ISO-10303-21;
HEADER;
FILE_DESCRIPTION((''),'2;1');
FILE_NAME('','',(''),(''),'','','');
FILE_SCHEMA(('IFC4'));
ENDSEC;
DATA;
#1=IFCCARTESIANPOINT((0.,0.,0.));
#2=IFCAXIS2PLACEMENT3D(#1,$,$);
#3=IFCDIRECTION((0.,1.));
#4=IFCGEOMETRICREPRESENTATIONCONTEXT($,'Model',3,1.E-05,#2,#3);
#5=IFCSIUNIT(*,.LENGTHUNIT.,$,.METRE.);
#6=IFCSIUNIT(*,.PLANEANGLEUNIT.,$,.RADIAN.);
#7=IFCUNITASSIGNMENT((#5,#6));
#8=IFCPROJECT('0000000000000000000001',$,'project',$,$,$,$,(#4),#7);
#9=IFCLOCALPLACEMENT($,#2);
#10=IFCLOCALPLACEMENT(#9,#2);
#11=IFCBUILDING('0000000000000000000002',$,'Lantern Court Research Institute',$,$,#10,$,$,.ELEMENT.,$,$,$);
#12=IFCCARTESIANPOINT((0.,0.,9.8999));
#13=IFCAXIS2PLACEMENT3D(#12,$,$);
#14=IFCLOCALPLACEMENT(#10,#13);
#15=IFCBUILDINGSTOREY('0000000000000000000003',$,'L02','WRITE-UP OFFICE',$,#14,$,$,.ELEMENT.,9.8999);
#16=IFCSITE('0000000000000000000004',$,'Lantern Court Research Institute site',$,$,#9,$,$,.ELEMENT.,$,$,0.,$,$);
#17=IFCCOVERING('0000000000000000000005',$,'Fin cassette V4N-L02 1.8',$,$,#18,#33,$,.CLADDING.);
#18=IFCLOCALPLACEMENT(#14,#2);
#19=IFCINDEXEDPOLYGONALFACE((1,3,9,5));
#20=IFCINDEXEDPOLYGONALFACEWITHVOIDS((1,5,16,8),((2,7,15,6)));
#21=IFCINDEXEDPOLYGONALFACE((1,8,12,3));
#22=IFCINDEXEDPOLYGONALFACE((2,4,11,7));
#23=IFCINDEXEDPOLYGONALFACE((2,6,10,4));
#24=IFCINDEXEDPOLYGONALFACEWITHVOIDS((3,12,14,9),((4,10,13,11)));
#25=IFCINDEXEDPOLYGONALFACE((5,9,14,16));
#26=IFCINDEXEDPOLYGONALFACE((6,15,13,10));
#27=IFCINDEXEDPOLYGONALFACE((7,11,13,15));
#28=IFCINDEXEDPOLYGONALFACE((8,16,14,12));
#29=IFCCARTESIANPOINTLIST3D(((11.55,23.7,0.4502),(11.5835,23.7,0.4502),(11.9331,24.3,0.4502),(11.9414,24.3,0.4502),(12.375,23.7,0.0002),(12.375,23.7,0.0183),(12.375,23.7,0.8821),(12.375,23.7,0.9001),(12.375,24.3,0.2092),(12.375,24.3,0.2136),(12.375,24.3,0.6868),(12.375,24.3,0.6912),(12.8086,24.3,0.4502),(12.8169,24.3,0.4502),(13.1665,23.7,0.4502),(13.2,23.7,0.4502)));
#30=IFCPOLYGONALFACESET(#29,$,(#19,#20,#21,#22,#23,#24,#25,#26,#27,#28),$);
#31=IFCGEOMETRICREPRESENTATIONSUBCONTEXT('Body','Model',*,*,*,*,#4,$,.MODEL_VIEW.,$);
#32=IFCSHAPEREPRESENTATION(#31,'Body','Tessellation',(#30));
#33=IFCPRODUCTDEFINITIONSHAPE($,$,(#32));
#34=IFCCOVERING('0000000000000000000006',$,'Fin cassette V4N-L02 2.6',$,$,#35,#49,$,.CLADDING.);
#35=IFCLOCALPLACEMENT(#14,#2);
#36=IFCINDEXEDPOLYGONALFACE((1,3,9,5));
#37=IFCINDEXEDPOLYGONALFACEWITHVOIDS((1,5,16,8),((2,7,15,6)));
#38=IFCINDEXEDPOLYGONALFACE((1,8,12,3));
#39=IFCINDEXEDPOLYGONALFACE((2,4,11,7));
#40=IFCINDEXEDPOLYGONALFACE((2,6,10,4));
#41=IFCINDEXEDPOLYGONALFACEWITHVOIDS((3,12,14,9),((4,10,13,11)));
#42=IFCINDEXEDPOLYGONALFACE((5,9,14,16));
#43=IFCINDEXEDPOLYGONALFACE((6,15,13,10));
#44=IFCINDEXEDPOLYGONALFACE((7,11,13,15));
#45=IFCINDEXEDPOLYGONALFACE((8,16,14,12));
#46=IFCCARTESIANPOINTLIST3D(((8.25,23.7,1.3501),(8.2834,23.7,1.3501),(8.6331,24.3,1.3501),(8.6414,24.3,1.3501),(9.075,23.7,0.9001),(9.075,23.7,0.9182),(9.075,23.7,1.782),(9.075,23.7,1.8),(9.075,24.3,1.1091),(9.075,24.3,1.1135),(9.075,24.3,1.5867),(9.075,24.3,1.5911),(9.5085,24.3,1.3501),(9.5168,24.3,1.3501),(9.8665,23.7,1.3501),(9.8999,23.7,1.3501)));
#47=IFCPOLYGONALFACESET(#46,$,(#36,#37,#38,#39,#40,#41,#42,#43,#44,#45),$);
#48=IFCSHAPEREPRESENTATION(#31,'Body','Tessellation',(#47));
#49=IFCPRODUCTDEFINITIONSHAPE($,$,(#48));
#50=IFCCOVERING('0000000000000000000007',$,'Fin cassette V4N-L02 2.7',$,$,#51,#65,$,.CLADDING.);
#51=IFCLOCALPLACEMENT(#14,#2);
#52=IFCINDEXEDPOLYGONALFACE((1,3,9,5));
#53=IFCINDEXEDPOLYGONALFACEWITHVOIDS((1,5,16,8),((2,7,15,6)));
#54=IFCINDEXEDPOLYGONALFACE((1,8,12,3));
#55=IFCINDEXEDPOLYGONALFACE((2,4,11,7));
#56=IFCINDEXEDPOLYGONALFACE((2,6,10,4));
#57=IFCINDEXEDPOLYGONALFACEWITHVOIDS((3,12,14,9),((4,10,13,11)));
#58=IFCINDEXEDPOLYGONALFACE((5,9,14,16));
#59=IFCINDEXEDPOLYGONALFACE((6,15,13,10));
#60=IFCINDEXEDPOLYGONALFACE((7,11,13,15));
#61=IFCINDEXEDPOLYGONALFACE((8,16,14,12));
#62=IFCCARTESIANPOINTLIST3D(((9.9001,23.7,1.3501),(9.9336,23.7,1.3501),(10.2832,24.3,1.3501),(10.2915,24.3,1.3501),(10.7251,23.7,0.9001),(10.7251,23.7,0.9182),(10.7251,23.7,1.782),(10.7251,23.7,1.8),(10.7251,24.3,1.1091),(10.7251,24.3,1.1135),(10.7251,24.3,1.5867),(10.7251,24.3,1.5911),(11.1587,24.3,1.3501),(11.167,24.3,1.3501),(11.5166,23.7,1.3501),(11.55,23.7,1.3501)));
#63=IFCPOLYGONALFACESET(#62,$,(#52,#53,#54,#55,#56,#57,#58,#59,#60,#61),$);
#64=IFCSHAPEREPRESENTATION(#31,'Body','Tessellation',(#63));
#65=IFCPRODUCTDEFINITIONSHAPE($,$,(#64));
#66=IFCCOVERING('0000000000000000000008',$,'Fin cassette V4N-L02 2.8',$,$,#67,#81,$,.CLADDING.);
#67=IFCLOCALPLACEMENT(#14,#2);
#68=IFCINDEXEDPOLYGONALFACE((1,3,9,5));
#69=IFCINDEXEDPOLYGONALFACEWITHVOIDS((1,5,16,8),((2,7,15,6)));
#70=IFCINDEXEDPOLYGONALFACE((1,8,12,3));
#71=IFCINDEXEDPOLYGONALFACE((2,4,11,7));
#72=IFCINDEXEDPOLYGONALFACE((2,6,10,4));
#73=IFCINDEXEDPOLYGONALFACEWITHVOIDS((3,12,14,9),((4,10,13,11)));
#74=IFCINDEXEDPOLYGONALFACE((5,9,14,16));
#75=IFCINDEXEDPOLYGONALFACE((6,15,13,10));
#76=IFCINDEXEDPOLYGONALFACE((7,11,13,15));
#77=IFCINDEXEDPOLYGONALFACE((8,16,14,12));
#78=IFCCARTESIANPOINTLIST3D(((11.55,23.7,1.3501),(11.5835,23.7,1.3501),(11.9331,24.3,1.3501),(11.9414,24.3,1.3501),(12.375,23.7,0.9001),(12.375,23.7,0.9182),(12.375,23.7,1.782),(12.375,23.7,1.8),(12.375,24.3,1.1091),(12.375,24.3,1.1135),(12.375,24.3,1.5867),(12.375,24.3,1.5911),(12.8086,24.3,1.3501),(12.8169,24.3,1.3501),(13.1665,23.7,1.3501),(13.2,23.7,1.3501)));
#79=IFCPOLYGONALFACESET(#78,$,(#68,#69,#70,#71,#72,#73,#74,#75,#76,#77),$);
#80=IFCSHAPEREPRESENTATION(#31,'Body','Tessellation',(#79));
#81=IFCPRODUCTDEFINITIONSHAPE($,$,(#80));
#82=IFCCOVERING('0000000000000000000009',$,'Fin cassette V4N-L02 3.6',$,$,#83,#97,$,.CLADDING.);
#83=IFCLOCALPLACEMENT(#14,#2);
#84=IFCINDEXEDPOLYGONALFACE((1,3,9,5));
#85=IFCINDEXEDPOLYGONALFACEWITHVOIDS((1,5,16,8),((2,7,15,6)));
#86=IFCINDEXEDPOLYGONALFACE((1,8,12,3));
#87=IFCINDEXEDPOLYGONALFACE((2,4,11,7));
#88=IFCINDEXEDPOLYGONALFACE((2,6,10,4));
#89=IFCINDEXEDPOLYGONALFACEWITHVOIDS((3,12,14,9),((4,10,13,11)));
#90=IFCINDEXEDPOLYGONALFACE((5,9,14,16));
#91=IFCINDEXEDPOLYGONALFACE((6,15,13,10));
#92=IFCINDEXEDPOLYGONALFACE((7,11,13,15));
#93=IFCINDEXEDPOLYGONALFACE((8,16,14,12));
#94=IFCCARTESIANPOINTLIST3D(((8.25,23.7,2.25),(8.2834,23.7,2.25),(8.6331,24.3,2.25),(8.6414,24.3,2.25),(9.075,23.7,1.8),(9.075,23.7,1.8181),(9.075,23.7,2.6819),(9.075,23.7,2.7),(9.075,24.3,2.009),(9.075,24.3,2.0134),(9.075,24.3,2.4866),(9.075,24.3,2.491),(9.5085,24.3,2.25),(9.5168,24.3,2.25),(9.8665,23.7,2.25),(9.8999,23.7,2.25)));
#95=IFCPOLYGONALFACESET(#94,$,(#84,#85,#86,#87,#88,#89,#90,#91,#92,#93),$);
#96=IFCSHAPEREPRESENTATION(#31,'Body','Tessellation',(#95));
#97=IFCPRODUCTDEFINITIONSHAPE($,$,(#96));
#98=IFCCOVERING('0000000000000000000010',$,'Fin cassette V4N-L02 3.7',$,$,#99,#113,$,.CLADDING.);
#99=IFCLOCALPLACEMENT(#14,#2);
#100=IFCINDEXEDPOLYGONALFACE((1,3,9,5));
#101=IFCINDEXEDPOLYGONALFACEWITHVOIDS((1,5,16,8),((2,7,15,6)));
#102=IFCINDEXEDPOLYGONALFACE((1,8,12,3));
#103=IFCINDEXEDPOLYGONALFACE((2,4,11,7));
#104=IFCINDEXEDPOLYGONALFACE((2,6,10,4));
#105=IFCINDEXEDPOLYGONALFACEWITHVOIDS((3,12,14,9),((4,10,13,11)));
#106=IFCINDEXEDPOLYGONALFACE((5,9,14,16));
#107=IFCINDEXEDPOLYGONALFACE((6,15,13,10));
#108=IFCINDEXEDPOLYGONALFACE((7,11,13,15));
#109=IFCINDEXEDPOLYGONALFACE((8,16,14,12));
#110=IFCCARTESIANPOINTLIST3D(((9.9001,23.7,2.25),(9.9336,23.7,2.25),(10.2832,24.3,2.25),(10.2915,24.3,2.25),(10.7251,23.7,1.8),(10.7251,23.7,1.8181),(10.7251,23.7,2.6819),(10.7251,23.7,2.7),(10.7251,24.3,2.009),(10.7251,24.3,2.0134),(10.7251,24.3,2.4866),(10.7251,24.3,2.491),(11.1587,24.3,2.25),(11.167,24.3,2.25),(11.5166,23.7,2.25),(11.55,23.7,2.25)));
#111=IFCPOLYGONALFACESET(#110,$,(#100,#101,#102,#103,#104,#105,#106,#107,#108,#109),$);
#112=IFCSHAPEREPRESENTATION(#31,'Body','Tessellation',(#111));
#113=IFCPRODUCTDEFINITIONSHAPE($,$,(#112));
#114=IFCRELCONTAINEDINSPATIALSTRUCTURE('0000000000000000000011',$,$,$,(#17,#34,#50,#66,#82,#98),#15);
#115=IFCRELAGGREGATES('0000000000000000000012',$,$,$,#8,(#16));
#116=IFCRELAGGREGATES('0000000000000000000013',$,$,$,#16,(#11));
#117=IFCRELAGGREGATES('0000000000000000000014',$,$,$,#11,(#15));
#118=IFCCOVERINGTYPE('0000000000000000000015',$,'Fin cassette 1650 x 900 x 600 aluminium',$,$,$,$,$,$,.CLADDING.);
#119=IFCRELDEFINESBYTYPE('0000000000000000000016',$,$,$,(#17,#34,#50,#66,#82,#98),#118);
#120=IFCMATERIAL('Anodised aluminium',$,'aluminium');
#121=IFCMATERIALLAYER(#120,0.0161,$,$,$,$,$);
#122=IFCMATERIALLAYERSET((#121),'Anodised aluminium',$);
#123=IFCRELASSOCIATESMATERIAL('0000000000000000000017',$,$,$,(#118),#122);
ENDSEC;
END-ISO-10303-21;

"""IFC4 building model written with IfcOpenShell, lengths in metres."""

from ifc_helpers import new_model, entity, si_unit, direction, frame, origin, place, context, subcontext, project, spatial, material, layer, layer_set, type_object, element, save


model = new_model("IFC4")

# Units and contexts
model_context = context("Model", 3, precision=1e-05, world=origin(), true_north=direction((0.0, 1.0)))
body_context = subcontext(model_context, "Body", "Model", "MODEL_VIEW")
ifc_project = project(units=[si_unit("LENGTHUNIT", "METRE"), si_unit("PLANEANGLEUNIT", "RADIAN")], contexts=[model_context])

# Site, building, storey
site_placement = place(None, origin())
site = spatial("IfcSite", under=ifc_project, at=site_placement, Name="Lantern Court Research Institute site", CompositionType="ELEMENT", RefElevation=0.0)
building_placement = place(site_placement, origin())
building = spatial("IfcBuilding", under=site, at=building_placement, Name="Lantern Court Research Institute", CompositionType="ELEMENT")
storey_placement = place(building_placement, frame((0.0, 0.0, 9.8999)))
storey = spatial("IfcBuildingStorey", under=building, at=storey_placement, Name="L02", Description="WRITE-UP OFFICE", CompositionType="ELEMENT", Elevation=9.8999)

# Coverings
ifc_material_1 = material(Name="Anodised aluminium", Category="aluminium")
ifc_layer_1 = layer(ifc_material_1, 0.0161)
ifc_layer_set_1 = layer_set([ifc_layer_1], Name="Anodised aluminium")
covering_type = type_object("IfcCoveringType", Name="Fin cassette 1650 x 900 x 600 aluminium", PredefinedType="CLADDING", material=ifc_layer_set_1)
covering_1_placement = place(storey_placement, frame((12.375, 23.7, 0.4502), z_axis=(0.0, 1.0, 0.0), x_axis=(-1.0, 0.0, 0.0)))
cartesian_point_1 = entity("IfcCartesianPoint", [0.825, 0.0])
cartesian_point_2 = entity("IfcCartesianPoint", [0.7915, 0.0])
cartesian_point_3 = entity("IfcCartesianPoint", [0.4419, 0.0])
cartesian_point_4 = entity("IfcCartesianPoint", [0.4336, 0.0])
element("IfcCovering", 1, at=covering_1_placement, inside=storey, type_object=covering_type, Name="Fin cassette V4N-L02 1.8", PredefinedType="CLADDING", context=body_context, shape_type="SweptSolid", body=[
    entity("IfcExtrudedAreaSolidTapered", entity("IfcArbitraryProfileDefWithVoids", "AREA", None, entity("IfcPolyline", [cartesian_point_1, entity("IfcCartesianPoint", [0.0, 0.45]), entity("IfcCartesianPoint", [-0.825, 0.0]), entity("IfcCartesianPoint", [0.0, -0.45]), cartesian_point_1]), [entity("IfcPolyline", [cartesian_point_2, entity("IfcCartesianPoint", [0.0, 0.4319]), entity("IfcCartesianPoint", [-0.7915, 0.0]), entity("IfcCartesianPoint", [0.0, -0.4319]), cartesian_point_2])]), entity("IfcAxis2Placement3D", entity("IfcCartesianPoint", [0.0, 0.0, 0.0])), entity("IfcDirection", [0.0, 0.0, 1.0]), 0.6001, entity("IfcArbitraryProfileDefWithVoids", "AREA", None, entity("IfcPolyline", [cartesian_point_3, entity("IfcCartesianPoint", [0.0, 0.241]), entity("IfcCartesianPoint", [-0.4419, 0.0]), entity("IfcCartesianPoint", [0.0, -0.241]), cartesian_point_3]), [entity("IfcPolyline", [cartesian_point_4, entity("IfcCartesianPoint", [0.0, 0.2366]), entity("IfcCartesianPoint", [-0.4336, 0.0]), entity("IfcCartesianPoint", [0.0, -0.2366]), cartesian_point_4])])),
])
covering_2_placement = place(storey_placement, frame((9.075, 23.7, 1.3501), z_axis=(0.0, 1.0, 0.0), x_axis=(-1.0, 0.0, 0.0)))
cartesian_point_5 = entity("IfcCartesianPoint", [0.825, 0.0])
cartesian_point_6 = entity("IfcCartesianPoint", [0.7915, 0.0])
cartesian_point_7 = entity("IfcCartesianPoint", [0.4419, 0.0])
cartesian_point_8 = entity("IfcCartesianPoint", [0.4336, 0.0])
element("IfcCovering", 2, at=covering_2_placement, inside=storey, type_object=covering_type, Name="Fin cassette V4N-L02 2.6", PredefinedType="CLADDING", context=body_context, shape_type="SweptSolid", body=[
    entity("IfcExtrudedAreaSolidTapered", entity("IfcArbitraryProfileDefWithVoids", "AREA", None, entity("IfcPolyline", [cartesian_point_5, entity("IfcCartesianPoint", [0.0, 0.45]), entity("IfcCartesianPoint", [-0.825, 0.0]), entity("IfcCartesianPoint", [0.0, -0.45]), cartesian_point_5]), [entity("IfcPolyline", [cartesian_point_6, entity("IfcCartesianPoint", [0.0, 0.4319]), entity("IfcCartesianPoint", [-0.7915, 0.0]), entity("IfcCartesianPoint", [0.0, -0.4319]), cartesian_point_6])]), entity("IfcAxis2Placement3D", entity("IfcCartesianPoint", [0.0, 0.0, 0.0])), entity("IfcDirection", [0.0, 0.0, 1.0]), 0.6001, entity("IfcArbitraryProfileDefWithVoids", "AREA", None, entity("IfcPolyline", [cartesian_point_7, entity("IfcCartesianPoint", [0.0, 0.241]), entity("IfcCartesianPoint", [-0.4419, 0.0]), entity("IfcCartesianPoint", [0.0, -0.241]), cartesian_point_7]), [entity("IfcPolyline", [cartesian_point_8, entity("IfcCartesianPoint", [0.0, 0.2366]), entity("IfcCartesianPoint", [-0.4336, 0.0]), entity("IfcCartesianPoint", [0.0, -0.2366]), cartesian_point_8])])),
])
covering_3_placement = place(storey_placement, frame((10.7251, 23.7, 1.3501), z_axis=(0.0, 1.0, 0.0), x_axis=(-1.0, 0.0, 0.0)))
cartesian_point_9 = entity("IfcCartesianPoint", [0.825, 0.0])
cartesian_point_10 = entity("IfcCartesianPoint", [0.7915, 0.0])
cartesian_point_11 = entity("IfcCartesianPoint", [0.4419, 0.0])
cartesian_point_12 = entity("IfcCartesianPoint", [0.4336, 0.0])
element("IfcCovering", 3, at=covering_3_placement, inside=storey, type_object=covering_type, Name="Fin cassette V4N-L02 2.7", PredefinedType="CLADDING", context=body_context, shape_type="SweptSolid", body=[
    entity("IfcExtrudedAreaSolidTapered", entity("IfcArbitraryProfileDefWithVoids", "AREA", None, entity("IfcPolyline", [cartesian_point_9, entity("IfcCartesianPoint", [0.0, 0.45]), entity("IfcCartesianPoint", [-0.825, 0.0]), entity("IfcCartesianPoint", [0.0, -0.45]), cartesian_point_9]), [entity("IfcPolyline", [cartesian_point_10, entity("IfcCartesianPoint", [0.0, 0.4319]), entity("IfcCartesianPoint", [-0.7915, 0.0]), entity("IfcCartesianPoint", [0.0, -0.4319]), cartesian_point_10])]), entity("IfcAxis2Placement3D", entity("IfcCartesianPoint", [0.0, 0.0, 0.0])), entity("IfcDirection", [0.0, 0.0, 1.0]), 0.6001, entity("IfcArbitraryProfileDefWithVoids", "AREA", None, entity("IfcPolyline", [cartesian_point_11, entity("IfcCartesianPoint", [0.0, 0.241]), entity("IfcCartesianPoint", [-0.4419, 0.0]), entity("IfcCartesianPoint", [0.0, -0.241]), cartesian_point_11]), [entity("IfcPolyline", [cartesian_point_12, entity("IfcCartesianPoint", [0.0, 0.2366]), entity("IfcCartesianPoint", [-0.4336, 0.0]), entity("IfcCartesianPoint", [0.0, -0.2366]), cartesian_point_12])])),
])
covering_4_placement = place(storey_placement, frame((12.375, 23.7, 1.3501), z_axis=(0.0, 1.0, 0.0), x_axis=(-1.0, 0.0, 0.0)))
cartesian_point_13 = entity("IfcCartesianPoint", [0.825, 0.0])
cartesian_point_14 = entity("IfcCartesianPoint", [0.7915, 0.0])
cartesian_point_15 = entity("IfcCartesianPoint", [0.4419, 0.0])
cartesian_point_16 = entity("IfcCartesianPoint", [0.4336, 0.0])
element("IfcCovering", 4, at=covering_4_placement, inside=storey, type_object=covering_type, Name="Fin cassette V4N-L02 2.8", PredefinedType="CLADDING", context=body_context, shape_type="SweptSolid", body=[
    entity("IfcExtrudedAreaSolidTapered", entity("IfcArbitraryProfileDefWithVoids", "AREA", None, entity("IfcPolyline", [cartesian_point_13, entity("IfcCartesianPoint", [0.0, 0.45]), entity("IfcCartesianPoint", [-0.825, 0.0]), entity("IfcCartesianPoint", [0.0, -0.45]), cartesian_point_13]), [entity("IfcPolyline", [cartesian_point_14, entity("IfcCartesianPoint", [0.0, 0.4319]), entity("IfcCartesianPoint", [-0.7915, 0.0]), entity("IfcCartesianPoint", [0.0, -0.4319]), cartesian_point_14])]), entity("IfcAxis2Placement3D", entity("IfcCartesianPoint", [0.0, 0.0, 0.0])), entity("IfcDirection", [0.0, 0.0, 1.0]), 0.6001, entity("IfcArbitraryProfileDefWithVoids", "AREA", None, entity("IfcPolyline", [cartesian_point_15, entity("IfcCartesianPoint", [0.0, 0.241]), entity("IfcCartesianPoint", [-0.4419, 0.0]), entity("IfcCartesianPoint", [0.0, -0.241]), cartesian_point_15]), [entity("IfcPolyline", [cartesian_point_16, entity("IfcCartesianPoint", [0.0, 0.2366]), entity("IfcCartesianPoint", [-0.4336, 0.0]), entity("IfcCartesianPoint", [0.0, -0.2366]), cartesian_point_16])])),
])
covering_5_placement = place(storey_placement, frame((9.075, 23.7, 2.25), z_axis=(0.0, 1.0, 0.0), x_axis=(-1.0, 0.0, 0.0)))
cartesian_point_17 = entity("IfcCartesianPoint", [0.825, 0.0])
cartesian_point_18 = entity("IfcCartesianPoint", [0.7915, 0.0])
cartesian_point_19 = entity("IfcCartesianPoint", [0.4419, 0.0])
cartesian_point_20 = entity("IfcCartesianPoint", [0.4336, 0.0])
element("IfcCovering", 5, at=covering_5_placement, inside=storey, type_object=covering_type, Name="Fin cassette V4N-L02 3.6", PredefinedType="CLADDING", context=body_context, shape_type="SweptSolid", body=[
    entity("IfcExtrudedAreaSolidTapered", entity("IfcArbitraryProfileDefWithVoids", "AREA", None, entity("IfcPolyline", [cartesian_point_17, entity("IfcCartesianPoint", [0.0, 0.45]), entity("IfcCartesianPoint", [-0.825, 0.0]), entity("IfcCartesianPoint", [0.0, -0.45]), cartesian_point_17]), [entity("IfcPolyline", [cartesian_point_18, entity("IfcCartesianPoint", [0.0, 0.4319]), entity("IfcCartesianPoint", [-0.7915, 0.0]), entity("IfcCartesianPoint", [0.0, -0.4319]), cartesian_point_18])]), entity("IfcAxis2Placement3D", entity("IfcCartesianPoint", [0.0, 0.0, 0.0])), entity("IfcDirection", [0.0, 0.0, 1.0]), 0.6001, entity("IfcArbitraryProfileDefWithVoids", "AREA", None, entity("IfcPolyline", [cartesian_point_19, entity("IfcCartesianPoint", [0.0, 0.241]), entity("IfcCartesianPoint", [-0.4419, 0.0]), entity("IfcCartesianPoint", [0.0, -0.241]), cartesian_point_19]), [entity("IfcPolyline", [cartesian_point_20, entity("IfcCartesianPoint", [0.0, 0.2366]), entity("IfcCartesianPoint", [-0.4336, 0.0]), entity("IfcCartesianPoint", [0.0, -0.2366]), cartesian_point_20])])),
])
covering_6_placement = place(storey_placement, frame((10.7251, 23.7, 2.25), z_axis=(0.0, 1.0, 0.0), x_axis=(-1.0, 0.0, 0.0)))
cartesian_point_21 = entity("IfcCartesianPoint", [0.825, 0.0])
cartesian_point_22 = entity("IfcCartesianPoint", [0.7915, 0.0])
cartesian_point_23 = entity("IfcCartesianPoint", [0.4419, 0.0])
cartesian_point_24 = entity("IfcCartesianPoint", [0.4336, 0.0])
element("IfcCovering", 6, at=covering_6_placement, inside=storey, type_object=covering_type, Name="Fin cassette V4N-L02 3.7", PredefinedType="CLADDING", context=body_context, shape_type="SweptSolid", body=[
    entity("IfcExtrudedAreaSolidTapered", entity("IfcArbitraryProfileDefWithVoids", "AREA", None, entity("IfcPolyline", [cartesian_point_21, entity("IfcCartesianPoint", [0.0, 0.45]), entity("IfcCartesianPoint", [-0.825, 0.0]), entity("IfcCartesianPoint", [0.0, -0.45]), cartesian_point_21]), [entity("IfcPolyline", [cartesian_point_22, entity("IfcCartesianPoint", [0.0, 0.4319]), entity("IfcCartesianPoint", [-0.7915, 0.0]), entity("IfcCartesianPoint", [0.0, -0.4319]), cartesian_point_22])]), entity("IfcAxis2Placement3D", entity("IfcCartesianPoint", [0.0, 0.0, 0.0])), entity("IfcDirection", [0.0, 0.0, 1.0]), 0.6001, entity("IfcArbitraryProfileDefWithVoids", "AREA", None, entity("IfcPolyline", [cartesian_point_23, entity("IfcCartesianPoint", [0.0, 0.241]), entity("IfcCartesianPoint", [-0.4419, 0.0]), entity("IfcCartesianPoint", [0.0, -0.241]), cartesian_point_23]), [entity("IfcPolyline", [cartesian_point_24, entity("IfcCartesianPoint", [0.0, 0.2366]), entity("IfcCartesianPoint", [-0.4336, 0.0]), entity("IfcCartesianPoint", [0.0, -0.2366]), cartesian_point_24])])),
])

save(model, "model.ifc")
